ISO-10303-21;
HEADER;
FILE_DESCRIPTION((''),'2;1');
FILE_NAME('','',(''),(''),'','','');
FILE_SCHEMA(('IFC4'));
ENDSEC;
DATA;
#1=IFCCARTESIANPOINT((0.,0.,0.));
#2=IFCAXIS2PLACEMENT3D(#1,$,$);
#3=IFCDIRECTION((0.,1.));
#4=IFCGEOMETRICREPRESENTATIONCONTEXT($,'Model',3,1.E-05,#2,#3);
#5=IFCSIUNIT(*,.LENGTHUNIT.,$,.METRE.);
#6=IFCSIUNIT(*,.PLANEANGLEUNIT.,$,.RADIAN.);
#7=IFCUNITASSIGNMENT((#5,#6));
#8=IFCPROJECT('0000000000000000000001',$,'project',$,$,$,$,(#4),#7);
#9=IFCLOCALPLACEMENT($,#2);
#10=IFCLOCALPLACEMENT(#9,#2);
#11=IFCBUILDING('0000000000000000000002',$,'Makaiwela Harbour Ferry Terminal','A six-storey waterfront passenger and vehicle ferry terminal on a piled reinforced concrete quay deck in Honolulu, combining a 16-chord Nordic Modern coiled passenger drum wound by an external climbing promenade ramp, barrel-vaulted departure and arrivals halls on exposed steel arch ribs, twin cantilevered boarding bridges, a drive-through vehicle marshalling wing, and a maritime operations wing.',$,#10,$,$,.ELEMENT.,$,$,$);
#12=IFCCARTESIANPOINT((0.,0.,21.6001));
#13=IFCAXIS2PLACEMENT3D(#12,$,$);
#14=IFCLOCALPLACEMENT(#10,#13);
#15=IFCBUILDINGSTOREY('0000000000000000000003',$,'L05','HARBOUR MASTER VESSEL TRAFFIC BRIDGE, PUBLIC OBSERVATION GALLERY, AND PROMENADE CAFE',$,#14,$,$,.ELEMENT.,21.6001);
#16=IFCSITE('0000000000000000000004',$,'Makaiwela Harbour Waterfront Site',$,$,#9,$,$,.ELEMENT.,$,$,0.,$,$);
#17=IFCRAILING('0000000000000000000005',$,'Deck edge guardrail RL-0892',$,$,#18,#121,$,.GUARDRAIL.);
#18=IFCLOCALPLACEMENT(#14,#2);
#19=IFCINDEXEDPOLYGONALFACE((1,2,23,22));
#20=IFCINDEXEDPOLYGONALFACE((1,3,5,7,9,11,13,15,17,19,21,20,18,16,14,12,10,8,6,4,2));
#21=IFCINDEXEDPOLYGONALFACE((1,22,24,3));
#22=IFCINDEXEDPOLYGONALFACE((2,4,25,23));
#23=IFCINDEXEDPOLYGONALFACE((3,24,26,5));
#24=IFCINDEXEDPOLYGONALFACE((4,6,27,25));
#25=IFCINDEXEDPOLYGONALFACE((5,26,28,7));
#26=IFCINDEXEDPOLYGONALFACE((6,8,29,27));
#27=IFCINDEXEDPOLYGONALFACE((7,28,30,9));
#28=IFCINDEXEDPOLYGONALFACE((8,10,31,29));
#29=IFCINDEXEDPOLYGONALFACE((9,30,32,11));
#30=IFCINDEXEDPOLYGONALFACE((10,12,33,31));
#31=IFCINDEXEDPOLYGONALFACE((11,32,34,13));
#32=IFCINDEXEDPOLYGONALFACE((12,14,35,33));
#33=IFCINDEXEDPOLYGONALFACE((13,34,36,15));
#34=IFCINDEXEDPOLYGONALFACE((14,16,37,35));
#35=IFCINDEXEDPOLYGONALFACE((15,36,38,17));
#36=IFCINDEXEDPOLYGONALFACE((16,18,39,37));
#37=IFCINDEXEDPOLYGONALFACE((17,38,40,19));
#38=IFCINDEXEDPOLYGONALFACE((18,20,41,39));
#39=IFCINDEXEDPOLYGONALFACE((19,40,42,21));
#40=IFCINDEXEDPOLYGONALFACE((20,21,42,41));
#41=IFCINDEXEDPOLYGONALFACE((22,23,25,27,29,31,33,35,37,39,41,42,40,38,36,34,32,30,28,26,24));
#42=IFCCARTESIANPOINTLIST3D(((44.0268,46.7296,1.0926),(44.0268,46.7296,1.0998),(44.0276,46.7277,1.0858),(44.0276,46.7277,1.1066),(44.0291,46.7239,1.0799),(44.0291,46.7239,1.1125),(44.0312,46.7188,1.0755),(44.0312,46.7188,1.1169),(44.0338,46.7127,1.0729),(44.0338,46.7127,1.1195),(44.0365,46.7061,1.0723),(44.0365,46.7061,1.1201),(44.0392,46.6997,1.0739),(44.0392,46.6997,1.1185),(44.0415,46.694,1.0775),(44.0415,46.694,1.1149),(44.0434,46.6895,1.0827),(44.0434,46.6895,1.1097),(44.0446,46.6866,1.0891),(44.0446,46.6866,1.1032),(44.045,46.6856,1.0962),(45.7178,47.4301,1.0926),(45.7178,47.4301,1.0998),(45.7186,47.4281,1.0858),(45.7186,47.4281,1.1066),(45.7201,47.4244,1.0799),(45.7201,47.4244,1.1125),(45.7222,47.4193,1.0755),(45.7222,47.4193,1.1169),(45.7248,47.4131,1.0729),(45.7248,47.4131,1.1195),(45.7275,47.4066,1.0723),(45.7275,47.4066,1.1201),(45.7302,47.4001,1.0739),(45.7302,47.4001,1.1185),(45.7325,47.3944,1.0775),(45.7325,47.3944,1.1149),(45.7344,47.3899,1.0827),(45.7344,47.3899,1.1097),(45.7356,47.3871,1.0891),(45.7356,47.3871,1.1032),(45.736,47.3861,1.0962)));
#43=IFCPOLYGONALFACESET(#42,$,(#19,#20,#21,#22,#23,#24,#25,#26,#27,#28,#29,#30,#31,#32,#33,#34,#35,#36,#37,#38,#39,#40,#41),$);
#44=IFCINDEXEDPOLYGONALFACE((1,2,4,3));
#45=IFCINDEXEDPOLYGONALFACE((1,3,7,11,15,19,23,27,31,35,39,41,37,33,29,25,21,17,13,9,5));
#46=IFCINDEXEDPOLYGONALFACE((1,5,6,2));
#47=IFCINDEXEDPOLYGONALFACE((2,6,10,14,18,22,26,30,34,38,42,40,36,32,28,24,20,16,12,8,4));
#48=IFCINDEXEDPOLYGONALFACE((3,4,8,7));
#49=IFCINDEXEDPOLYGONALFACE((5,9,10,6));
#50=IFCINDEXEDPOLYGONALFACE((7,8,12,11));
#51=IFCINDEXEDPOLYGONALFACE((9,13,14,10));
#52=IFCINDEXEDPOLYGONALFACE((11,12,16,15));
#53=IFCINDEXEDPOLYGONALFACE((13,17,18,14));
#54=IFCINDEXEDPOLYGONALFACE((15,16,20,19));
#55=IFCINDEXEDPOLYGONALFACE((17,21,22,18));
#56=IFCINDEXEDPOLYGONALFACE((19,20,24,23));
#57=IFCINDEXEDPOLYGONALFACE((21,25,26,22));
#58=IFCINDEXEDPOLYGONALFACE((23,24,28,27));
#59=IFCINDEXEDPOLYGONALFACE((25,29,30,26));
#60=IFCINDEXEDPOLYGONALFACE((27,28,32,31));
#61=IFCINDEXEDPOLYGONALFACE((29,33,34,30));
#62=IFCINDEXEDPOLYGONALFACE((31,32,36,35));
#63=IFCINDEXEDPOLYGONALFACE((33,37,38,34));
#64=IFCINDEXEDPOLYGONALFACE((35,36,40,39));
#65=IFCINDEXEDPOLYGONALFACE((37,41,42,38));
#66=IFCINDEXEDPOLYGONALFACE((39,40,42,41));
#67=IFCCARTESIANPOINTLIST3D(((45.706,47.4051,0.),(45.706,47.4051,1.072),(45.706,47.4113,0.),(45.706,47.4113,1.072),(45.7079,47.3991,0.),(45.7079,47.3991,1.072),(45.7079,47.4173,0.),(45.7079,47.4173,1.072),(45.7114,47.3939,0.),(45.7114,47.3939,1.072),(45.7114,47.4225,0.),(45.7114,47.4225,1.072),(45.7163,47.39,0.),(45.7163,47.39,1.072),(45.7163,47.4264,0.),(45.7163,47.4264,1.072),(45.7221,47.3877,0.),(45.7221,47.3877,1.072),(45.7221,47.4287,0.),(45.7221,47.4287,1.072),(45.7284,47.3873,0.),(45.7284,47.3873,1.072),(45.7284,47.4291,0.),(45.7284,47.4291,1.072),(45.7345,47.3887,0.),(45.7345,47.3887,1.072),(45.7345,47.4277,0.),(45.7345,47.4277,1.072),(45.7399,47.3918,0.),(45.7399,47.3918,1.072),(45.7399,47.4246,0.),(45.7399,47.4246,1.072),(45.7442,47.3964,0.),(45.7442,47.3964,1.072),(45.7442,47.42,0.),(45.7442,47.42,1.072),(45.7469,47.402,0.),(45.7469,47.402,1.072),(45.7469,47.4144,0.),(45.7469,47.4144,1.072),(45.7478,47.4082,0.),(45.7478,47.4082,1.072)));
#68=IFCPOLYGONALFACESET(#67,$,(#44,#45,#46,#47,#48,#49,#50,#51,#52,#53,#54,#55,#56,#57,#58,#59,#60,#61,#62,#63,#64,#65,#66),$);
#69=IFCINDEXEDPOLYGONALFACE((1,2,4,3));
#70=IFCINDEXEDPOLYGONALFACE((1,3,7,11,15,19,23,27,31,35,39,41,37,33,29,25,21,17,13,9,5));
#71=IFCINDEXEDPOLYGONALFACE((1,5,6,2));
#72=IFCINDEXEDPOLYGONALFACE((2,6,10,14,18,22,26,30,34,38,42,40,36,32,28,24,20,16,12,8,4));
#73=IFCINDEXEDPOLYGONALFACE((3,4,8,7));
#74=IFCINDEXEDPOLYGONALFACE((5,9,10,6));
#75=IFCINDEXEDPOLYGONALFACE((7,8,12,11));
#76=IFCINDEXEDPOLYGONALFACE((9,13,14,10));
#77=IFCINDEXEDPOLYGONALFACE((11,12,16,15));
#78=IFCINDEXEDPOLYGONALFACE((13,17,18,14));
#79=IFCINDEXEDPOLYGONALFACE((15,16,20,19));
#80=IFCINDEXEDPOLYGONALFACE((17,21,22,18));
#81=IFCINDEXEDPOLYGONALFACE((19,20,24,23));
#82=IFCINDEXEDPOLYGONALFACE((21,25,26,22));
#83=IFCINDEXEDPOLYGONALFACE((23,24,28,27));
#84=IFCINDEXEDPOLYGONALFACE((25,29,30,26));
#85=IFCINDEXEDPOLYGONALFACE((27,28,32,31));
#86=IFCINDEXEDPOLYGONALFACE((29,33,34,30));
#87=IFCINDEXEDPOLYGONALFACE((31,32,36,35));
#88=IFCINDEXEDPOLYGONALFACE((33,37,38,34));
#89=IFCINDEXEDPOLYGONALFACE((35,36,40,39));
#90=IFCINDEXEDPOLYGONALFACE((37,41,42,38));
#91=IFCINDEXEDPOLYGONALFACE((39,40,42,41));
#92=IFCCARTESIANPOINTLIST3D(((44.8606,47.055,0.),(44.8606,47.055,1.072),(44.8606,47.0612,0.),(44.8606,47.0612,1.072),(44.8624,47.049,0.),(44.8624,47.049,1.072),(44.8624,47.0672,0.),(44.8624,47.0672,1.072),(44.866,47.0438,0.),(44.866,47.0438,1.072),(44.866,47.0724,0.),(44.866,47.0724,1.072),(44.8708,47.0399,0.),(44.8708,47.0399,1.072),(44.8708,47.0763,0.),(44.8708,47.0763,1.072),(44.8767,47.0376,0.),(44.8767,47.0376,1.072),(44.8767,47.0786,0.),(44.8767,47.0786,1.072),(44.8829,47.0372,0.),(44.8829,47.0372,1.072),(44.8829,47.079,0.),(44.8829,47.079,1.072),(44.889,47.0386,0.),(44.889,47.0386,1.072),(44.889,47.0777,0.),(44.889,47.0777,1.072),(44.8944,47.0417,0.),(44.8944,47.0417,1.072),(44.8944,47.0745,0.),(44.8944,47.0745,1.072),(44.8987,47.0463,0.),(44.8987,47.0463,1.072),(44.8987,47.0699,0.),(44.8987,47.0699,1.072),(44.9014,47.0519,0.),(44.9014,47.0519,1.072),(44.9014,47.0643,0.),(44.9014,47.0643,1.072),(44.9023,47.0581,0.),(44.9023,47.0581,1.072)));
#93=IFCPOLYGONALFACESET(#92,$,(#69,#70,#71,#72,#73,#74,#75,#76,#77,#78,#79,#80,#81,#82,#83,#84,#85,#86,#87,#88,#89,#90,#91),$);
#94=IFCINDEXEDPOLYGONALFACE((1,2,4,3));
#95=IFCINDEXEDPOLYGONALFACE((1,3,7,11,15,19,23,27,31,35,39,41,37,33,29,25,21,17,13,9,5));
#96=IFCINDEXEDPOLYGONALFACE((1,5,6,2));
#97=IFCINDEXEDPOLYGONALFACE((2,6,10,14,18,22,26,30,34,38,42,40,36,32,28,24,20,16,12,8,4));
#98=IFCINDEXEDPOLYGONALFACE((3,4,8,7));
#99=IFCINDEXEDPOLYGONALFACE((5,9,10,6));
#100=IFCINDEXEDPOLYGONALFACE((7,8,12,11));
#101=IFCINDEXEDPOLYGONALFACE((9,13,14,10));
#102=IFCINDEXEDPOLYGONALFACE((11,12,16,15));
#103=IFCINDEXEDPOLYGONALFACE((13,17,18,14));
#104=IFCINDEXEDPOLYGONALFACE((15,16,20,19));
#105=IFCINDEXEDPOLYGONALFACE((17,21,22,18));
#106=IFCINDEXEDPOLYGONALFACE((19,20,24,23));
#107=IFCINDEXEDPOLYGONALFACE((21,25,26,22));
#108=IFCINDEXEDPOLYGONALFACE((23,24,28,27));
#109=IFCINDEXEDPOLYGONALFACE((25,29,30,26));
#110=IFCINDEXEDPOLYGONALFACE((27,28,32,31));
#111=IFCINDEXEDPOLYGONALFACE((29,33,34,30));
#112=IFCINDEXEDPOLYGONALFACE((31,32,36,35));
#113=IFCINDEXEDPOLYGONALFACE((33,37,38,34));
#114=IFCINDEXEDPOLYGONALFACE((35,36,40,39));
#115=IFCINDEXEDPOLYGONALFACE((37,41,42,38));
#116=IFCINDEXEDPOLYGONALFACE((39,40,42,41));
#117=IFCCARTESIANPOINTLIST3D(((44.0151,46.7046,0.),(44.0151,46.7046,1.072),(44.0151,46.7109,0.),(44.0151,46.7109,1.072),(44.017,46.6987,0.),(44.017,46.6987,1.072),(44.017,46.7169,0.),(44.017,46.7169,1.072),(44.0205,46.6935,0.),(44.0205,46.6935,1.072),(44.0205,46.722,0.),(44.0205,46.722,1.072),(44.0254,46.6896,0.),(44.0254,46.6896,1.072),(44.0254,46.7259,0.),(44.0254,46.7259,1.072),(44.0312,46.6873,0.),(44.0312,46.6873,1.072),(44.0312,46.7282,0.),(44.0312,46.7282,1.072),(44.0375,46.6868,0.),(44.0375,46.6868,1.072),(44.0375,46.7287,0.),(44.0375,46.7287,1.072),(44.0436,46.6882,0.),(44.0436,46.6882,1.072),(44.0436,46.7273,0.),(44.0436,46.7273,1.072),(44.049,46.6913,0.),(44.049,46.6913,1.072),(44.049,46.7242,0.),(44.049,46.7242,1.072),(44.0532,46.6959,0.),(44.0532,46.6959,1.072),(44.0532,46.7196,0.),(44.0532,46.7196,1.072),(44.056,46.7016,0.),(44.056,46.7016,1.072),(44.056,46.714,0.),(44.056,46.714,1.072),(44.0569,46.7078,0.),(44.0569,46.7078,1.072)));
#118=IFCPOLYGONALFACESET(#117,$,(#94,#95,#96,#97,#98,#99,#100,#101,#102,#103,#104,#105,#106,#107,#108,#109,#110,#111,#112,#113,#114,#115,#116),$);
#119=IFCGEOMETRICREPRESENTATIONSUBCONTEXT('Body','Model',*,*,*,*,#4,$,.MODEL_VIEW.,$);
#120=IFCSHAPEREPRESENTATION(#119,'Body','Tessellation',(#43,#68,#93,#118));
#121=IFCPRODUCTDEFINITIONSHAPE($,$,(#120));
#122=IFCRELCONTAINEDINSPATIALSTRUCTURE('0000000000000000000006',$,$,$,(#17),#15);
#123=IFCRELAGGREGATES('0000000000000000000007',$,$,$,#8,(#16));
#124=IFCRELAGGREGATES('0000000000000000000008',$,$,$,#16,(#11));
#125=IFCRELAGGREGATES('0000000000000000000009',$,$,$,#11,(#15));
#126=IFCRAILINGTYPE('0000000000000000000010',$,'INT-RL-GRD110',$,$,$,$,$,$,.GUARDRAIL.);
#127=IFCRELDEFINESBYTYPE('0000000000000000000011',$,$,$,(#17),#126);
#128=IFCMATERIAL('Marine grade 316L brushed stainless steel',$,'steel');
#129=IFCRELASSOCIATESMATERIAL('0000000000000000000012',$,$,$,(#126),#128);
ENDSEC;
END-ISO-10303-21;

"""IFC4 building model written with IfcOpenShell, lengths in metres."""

from ifc_helpers import new_model, si_unit, direction, frame, origin, origin_2d, place, context, subcontext, project, spatial, circle, extrude, material, type_object, element, save


model = new_model("IFC4")

# Units and contexts
model_context = context("Model", 3, precision=1e-05, world=origin(), true_north=direction((0.0, 1.0)))
body_context = subcontext(model_context, "Body", "Model", "MODEL_VIEW")
ifc_project = project(units=[si_unit("LENGTHUNIT", "METRE"), si_unit("PLANEANGLEUNIT", "RADIAN")], contexts=[model_context])

# Site, building, storey
site_placement = place(None, origin())
site = spatial("IfcSite", under=ifc_project, at=site_placement, Name="Makaiwela Harbour Waterfront Site", CompositionType="ELEMENT", RefElevation=0.0)
building_placement = place(site_placement, origin())
building = spatial("IfcBuilding", under=site, at=building_placement, Name="Makaiwela Harbour Ferry Terminal", Description="A six-storey waterfront passenger and vehicle ferry terminal on a piled reinforced concrete quay deck in Honolulu, combining a 16-chord Nordic Modern coiled passenger drum wound by an external climbing promenade ramp, barrel-vaulted departure and arrivals halls on exposed steel arch ribs, twin cantilevered boarding bridges, a drive-through vehicle marshalling wing, and a maritime operations wing.", CompositionType="ELEMENT")
storey_placement = place(building_placement, frame((0.0, 0.0, 21.6001)))
storey = spatial("IfcBuildingStorey", under=building, at=storey_placement, Name="L05", Description="HARBOUR MASTER VESSEL TRAFFIC BRIDGE, PUBLIC OBSERVATION GALLERY, AND PROMENADE CAFE", CompositionType="ELEMENT", Elevation=21.6001)

# Railing
ifc_material_1 = material(Name="Marine grade 316L brushed stainless steel", Category="steel")
railing_type = type_object("IfcRailingType", Name="INT-RL-GRD110", PredefinedType="GUARDRAIL", material=ifc_material_1)
railing_1_placement = place(storey_placement, frame((45.7268, 47.4082, 0.0)))
element("IfcRailing", 1, at=railing_1_placement, inside=storey, type_object=railing_type, Name="Deck edge guardrail RL-0892", PredefinedType="GUARDRAIL", context=body_context, shape_type="SweptSolid", body=[
    extrude(circle(Radius=0.0239, at=origin_2d()), frame((0.0, 0.0, 1.0962), z_axis=(-0.923872, -0.382701, 0.0), x_axis=(0.382701, -0.923872, 0.0)), (0.0, 0.0, 1.0), 1.8303),
    extrude(circle(Radius=0.021, at=origin_2d()), origin(), (0.0, 0.0, 1.0), 1.072),
    extrude(circle(Radius=0.021, at=origin_2d()), frame((-0.8455, -0.3501, 0.0)), (0.0, 0.0, 1.0), 1.072),
    extrude(circle(Radius=0.021, at=origin_2d()), frame((-1.6909, -0.7004, 0.0)), (0.0, 0.0, 1.0), 1.072),
])

save(model, "model.ifc")
